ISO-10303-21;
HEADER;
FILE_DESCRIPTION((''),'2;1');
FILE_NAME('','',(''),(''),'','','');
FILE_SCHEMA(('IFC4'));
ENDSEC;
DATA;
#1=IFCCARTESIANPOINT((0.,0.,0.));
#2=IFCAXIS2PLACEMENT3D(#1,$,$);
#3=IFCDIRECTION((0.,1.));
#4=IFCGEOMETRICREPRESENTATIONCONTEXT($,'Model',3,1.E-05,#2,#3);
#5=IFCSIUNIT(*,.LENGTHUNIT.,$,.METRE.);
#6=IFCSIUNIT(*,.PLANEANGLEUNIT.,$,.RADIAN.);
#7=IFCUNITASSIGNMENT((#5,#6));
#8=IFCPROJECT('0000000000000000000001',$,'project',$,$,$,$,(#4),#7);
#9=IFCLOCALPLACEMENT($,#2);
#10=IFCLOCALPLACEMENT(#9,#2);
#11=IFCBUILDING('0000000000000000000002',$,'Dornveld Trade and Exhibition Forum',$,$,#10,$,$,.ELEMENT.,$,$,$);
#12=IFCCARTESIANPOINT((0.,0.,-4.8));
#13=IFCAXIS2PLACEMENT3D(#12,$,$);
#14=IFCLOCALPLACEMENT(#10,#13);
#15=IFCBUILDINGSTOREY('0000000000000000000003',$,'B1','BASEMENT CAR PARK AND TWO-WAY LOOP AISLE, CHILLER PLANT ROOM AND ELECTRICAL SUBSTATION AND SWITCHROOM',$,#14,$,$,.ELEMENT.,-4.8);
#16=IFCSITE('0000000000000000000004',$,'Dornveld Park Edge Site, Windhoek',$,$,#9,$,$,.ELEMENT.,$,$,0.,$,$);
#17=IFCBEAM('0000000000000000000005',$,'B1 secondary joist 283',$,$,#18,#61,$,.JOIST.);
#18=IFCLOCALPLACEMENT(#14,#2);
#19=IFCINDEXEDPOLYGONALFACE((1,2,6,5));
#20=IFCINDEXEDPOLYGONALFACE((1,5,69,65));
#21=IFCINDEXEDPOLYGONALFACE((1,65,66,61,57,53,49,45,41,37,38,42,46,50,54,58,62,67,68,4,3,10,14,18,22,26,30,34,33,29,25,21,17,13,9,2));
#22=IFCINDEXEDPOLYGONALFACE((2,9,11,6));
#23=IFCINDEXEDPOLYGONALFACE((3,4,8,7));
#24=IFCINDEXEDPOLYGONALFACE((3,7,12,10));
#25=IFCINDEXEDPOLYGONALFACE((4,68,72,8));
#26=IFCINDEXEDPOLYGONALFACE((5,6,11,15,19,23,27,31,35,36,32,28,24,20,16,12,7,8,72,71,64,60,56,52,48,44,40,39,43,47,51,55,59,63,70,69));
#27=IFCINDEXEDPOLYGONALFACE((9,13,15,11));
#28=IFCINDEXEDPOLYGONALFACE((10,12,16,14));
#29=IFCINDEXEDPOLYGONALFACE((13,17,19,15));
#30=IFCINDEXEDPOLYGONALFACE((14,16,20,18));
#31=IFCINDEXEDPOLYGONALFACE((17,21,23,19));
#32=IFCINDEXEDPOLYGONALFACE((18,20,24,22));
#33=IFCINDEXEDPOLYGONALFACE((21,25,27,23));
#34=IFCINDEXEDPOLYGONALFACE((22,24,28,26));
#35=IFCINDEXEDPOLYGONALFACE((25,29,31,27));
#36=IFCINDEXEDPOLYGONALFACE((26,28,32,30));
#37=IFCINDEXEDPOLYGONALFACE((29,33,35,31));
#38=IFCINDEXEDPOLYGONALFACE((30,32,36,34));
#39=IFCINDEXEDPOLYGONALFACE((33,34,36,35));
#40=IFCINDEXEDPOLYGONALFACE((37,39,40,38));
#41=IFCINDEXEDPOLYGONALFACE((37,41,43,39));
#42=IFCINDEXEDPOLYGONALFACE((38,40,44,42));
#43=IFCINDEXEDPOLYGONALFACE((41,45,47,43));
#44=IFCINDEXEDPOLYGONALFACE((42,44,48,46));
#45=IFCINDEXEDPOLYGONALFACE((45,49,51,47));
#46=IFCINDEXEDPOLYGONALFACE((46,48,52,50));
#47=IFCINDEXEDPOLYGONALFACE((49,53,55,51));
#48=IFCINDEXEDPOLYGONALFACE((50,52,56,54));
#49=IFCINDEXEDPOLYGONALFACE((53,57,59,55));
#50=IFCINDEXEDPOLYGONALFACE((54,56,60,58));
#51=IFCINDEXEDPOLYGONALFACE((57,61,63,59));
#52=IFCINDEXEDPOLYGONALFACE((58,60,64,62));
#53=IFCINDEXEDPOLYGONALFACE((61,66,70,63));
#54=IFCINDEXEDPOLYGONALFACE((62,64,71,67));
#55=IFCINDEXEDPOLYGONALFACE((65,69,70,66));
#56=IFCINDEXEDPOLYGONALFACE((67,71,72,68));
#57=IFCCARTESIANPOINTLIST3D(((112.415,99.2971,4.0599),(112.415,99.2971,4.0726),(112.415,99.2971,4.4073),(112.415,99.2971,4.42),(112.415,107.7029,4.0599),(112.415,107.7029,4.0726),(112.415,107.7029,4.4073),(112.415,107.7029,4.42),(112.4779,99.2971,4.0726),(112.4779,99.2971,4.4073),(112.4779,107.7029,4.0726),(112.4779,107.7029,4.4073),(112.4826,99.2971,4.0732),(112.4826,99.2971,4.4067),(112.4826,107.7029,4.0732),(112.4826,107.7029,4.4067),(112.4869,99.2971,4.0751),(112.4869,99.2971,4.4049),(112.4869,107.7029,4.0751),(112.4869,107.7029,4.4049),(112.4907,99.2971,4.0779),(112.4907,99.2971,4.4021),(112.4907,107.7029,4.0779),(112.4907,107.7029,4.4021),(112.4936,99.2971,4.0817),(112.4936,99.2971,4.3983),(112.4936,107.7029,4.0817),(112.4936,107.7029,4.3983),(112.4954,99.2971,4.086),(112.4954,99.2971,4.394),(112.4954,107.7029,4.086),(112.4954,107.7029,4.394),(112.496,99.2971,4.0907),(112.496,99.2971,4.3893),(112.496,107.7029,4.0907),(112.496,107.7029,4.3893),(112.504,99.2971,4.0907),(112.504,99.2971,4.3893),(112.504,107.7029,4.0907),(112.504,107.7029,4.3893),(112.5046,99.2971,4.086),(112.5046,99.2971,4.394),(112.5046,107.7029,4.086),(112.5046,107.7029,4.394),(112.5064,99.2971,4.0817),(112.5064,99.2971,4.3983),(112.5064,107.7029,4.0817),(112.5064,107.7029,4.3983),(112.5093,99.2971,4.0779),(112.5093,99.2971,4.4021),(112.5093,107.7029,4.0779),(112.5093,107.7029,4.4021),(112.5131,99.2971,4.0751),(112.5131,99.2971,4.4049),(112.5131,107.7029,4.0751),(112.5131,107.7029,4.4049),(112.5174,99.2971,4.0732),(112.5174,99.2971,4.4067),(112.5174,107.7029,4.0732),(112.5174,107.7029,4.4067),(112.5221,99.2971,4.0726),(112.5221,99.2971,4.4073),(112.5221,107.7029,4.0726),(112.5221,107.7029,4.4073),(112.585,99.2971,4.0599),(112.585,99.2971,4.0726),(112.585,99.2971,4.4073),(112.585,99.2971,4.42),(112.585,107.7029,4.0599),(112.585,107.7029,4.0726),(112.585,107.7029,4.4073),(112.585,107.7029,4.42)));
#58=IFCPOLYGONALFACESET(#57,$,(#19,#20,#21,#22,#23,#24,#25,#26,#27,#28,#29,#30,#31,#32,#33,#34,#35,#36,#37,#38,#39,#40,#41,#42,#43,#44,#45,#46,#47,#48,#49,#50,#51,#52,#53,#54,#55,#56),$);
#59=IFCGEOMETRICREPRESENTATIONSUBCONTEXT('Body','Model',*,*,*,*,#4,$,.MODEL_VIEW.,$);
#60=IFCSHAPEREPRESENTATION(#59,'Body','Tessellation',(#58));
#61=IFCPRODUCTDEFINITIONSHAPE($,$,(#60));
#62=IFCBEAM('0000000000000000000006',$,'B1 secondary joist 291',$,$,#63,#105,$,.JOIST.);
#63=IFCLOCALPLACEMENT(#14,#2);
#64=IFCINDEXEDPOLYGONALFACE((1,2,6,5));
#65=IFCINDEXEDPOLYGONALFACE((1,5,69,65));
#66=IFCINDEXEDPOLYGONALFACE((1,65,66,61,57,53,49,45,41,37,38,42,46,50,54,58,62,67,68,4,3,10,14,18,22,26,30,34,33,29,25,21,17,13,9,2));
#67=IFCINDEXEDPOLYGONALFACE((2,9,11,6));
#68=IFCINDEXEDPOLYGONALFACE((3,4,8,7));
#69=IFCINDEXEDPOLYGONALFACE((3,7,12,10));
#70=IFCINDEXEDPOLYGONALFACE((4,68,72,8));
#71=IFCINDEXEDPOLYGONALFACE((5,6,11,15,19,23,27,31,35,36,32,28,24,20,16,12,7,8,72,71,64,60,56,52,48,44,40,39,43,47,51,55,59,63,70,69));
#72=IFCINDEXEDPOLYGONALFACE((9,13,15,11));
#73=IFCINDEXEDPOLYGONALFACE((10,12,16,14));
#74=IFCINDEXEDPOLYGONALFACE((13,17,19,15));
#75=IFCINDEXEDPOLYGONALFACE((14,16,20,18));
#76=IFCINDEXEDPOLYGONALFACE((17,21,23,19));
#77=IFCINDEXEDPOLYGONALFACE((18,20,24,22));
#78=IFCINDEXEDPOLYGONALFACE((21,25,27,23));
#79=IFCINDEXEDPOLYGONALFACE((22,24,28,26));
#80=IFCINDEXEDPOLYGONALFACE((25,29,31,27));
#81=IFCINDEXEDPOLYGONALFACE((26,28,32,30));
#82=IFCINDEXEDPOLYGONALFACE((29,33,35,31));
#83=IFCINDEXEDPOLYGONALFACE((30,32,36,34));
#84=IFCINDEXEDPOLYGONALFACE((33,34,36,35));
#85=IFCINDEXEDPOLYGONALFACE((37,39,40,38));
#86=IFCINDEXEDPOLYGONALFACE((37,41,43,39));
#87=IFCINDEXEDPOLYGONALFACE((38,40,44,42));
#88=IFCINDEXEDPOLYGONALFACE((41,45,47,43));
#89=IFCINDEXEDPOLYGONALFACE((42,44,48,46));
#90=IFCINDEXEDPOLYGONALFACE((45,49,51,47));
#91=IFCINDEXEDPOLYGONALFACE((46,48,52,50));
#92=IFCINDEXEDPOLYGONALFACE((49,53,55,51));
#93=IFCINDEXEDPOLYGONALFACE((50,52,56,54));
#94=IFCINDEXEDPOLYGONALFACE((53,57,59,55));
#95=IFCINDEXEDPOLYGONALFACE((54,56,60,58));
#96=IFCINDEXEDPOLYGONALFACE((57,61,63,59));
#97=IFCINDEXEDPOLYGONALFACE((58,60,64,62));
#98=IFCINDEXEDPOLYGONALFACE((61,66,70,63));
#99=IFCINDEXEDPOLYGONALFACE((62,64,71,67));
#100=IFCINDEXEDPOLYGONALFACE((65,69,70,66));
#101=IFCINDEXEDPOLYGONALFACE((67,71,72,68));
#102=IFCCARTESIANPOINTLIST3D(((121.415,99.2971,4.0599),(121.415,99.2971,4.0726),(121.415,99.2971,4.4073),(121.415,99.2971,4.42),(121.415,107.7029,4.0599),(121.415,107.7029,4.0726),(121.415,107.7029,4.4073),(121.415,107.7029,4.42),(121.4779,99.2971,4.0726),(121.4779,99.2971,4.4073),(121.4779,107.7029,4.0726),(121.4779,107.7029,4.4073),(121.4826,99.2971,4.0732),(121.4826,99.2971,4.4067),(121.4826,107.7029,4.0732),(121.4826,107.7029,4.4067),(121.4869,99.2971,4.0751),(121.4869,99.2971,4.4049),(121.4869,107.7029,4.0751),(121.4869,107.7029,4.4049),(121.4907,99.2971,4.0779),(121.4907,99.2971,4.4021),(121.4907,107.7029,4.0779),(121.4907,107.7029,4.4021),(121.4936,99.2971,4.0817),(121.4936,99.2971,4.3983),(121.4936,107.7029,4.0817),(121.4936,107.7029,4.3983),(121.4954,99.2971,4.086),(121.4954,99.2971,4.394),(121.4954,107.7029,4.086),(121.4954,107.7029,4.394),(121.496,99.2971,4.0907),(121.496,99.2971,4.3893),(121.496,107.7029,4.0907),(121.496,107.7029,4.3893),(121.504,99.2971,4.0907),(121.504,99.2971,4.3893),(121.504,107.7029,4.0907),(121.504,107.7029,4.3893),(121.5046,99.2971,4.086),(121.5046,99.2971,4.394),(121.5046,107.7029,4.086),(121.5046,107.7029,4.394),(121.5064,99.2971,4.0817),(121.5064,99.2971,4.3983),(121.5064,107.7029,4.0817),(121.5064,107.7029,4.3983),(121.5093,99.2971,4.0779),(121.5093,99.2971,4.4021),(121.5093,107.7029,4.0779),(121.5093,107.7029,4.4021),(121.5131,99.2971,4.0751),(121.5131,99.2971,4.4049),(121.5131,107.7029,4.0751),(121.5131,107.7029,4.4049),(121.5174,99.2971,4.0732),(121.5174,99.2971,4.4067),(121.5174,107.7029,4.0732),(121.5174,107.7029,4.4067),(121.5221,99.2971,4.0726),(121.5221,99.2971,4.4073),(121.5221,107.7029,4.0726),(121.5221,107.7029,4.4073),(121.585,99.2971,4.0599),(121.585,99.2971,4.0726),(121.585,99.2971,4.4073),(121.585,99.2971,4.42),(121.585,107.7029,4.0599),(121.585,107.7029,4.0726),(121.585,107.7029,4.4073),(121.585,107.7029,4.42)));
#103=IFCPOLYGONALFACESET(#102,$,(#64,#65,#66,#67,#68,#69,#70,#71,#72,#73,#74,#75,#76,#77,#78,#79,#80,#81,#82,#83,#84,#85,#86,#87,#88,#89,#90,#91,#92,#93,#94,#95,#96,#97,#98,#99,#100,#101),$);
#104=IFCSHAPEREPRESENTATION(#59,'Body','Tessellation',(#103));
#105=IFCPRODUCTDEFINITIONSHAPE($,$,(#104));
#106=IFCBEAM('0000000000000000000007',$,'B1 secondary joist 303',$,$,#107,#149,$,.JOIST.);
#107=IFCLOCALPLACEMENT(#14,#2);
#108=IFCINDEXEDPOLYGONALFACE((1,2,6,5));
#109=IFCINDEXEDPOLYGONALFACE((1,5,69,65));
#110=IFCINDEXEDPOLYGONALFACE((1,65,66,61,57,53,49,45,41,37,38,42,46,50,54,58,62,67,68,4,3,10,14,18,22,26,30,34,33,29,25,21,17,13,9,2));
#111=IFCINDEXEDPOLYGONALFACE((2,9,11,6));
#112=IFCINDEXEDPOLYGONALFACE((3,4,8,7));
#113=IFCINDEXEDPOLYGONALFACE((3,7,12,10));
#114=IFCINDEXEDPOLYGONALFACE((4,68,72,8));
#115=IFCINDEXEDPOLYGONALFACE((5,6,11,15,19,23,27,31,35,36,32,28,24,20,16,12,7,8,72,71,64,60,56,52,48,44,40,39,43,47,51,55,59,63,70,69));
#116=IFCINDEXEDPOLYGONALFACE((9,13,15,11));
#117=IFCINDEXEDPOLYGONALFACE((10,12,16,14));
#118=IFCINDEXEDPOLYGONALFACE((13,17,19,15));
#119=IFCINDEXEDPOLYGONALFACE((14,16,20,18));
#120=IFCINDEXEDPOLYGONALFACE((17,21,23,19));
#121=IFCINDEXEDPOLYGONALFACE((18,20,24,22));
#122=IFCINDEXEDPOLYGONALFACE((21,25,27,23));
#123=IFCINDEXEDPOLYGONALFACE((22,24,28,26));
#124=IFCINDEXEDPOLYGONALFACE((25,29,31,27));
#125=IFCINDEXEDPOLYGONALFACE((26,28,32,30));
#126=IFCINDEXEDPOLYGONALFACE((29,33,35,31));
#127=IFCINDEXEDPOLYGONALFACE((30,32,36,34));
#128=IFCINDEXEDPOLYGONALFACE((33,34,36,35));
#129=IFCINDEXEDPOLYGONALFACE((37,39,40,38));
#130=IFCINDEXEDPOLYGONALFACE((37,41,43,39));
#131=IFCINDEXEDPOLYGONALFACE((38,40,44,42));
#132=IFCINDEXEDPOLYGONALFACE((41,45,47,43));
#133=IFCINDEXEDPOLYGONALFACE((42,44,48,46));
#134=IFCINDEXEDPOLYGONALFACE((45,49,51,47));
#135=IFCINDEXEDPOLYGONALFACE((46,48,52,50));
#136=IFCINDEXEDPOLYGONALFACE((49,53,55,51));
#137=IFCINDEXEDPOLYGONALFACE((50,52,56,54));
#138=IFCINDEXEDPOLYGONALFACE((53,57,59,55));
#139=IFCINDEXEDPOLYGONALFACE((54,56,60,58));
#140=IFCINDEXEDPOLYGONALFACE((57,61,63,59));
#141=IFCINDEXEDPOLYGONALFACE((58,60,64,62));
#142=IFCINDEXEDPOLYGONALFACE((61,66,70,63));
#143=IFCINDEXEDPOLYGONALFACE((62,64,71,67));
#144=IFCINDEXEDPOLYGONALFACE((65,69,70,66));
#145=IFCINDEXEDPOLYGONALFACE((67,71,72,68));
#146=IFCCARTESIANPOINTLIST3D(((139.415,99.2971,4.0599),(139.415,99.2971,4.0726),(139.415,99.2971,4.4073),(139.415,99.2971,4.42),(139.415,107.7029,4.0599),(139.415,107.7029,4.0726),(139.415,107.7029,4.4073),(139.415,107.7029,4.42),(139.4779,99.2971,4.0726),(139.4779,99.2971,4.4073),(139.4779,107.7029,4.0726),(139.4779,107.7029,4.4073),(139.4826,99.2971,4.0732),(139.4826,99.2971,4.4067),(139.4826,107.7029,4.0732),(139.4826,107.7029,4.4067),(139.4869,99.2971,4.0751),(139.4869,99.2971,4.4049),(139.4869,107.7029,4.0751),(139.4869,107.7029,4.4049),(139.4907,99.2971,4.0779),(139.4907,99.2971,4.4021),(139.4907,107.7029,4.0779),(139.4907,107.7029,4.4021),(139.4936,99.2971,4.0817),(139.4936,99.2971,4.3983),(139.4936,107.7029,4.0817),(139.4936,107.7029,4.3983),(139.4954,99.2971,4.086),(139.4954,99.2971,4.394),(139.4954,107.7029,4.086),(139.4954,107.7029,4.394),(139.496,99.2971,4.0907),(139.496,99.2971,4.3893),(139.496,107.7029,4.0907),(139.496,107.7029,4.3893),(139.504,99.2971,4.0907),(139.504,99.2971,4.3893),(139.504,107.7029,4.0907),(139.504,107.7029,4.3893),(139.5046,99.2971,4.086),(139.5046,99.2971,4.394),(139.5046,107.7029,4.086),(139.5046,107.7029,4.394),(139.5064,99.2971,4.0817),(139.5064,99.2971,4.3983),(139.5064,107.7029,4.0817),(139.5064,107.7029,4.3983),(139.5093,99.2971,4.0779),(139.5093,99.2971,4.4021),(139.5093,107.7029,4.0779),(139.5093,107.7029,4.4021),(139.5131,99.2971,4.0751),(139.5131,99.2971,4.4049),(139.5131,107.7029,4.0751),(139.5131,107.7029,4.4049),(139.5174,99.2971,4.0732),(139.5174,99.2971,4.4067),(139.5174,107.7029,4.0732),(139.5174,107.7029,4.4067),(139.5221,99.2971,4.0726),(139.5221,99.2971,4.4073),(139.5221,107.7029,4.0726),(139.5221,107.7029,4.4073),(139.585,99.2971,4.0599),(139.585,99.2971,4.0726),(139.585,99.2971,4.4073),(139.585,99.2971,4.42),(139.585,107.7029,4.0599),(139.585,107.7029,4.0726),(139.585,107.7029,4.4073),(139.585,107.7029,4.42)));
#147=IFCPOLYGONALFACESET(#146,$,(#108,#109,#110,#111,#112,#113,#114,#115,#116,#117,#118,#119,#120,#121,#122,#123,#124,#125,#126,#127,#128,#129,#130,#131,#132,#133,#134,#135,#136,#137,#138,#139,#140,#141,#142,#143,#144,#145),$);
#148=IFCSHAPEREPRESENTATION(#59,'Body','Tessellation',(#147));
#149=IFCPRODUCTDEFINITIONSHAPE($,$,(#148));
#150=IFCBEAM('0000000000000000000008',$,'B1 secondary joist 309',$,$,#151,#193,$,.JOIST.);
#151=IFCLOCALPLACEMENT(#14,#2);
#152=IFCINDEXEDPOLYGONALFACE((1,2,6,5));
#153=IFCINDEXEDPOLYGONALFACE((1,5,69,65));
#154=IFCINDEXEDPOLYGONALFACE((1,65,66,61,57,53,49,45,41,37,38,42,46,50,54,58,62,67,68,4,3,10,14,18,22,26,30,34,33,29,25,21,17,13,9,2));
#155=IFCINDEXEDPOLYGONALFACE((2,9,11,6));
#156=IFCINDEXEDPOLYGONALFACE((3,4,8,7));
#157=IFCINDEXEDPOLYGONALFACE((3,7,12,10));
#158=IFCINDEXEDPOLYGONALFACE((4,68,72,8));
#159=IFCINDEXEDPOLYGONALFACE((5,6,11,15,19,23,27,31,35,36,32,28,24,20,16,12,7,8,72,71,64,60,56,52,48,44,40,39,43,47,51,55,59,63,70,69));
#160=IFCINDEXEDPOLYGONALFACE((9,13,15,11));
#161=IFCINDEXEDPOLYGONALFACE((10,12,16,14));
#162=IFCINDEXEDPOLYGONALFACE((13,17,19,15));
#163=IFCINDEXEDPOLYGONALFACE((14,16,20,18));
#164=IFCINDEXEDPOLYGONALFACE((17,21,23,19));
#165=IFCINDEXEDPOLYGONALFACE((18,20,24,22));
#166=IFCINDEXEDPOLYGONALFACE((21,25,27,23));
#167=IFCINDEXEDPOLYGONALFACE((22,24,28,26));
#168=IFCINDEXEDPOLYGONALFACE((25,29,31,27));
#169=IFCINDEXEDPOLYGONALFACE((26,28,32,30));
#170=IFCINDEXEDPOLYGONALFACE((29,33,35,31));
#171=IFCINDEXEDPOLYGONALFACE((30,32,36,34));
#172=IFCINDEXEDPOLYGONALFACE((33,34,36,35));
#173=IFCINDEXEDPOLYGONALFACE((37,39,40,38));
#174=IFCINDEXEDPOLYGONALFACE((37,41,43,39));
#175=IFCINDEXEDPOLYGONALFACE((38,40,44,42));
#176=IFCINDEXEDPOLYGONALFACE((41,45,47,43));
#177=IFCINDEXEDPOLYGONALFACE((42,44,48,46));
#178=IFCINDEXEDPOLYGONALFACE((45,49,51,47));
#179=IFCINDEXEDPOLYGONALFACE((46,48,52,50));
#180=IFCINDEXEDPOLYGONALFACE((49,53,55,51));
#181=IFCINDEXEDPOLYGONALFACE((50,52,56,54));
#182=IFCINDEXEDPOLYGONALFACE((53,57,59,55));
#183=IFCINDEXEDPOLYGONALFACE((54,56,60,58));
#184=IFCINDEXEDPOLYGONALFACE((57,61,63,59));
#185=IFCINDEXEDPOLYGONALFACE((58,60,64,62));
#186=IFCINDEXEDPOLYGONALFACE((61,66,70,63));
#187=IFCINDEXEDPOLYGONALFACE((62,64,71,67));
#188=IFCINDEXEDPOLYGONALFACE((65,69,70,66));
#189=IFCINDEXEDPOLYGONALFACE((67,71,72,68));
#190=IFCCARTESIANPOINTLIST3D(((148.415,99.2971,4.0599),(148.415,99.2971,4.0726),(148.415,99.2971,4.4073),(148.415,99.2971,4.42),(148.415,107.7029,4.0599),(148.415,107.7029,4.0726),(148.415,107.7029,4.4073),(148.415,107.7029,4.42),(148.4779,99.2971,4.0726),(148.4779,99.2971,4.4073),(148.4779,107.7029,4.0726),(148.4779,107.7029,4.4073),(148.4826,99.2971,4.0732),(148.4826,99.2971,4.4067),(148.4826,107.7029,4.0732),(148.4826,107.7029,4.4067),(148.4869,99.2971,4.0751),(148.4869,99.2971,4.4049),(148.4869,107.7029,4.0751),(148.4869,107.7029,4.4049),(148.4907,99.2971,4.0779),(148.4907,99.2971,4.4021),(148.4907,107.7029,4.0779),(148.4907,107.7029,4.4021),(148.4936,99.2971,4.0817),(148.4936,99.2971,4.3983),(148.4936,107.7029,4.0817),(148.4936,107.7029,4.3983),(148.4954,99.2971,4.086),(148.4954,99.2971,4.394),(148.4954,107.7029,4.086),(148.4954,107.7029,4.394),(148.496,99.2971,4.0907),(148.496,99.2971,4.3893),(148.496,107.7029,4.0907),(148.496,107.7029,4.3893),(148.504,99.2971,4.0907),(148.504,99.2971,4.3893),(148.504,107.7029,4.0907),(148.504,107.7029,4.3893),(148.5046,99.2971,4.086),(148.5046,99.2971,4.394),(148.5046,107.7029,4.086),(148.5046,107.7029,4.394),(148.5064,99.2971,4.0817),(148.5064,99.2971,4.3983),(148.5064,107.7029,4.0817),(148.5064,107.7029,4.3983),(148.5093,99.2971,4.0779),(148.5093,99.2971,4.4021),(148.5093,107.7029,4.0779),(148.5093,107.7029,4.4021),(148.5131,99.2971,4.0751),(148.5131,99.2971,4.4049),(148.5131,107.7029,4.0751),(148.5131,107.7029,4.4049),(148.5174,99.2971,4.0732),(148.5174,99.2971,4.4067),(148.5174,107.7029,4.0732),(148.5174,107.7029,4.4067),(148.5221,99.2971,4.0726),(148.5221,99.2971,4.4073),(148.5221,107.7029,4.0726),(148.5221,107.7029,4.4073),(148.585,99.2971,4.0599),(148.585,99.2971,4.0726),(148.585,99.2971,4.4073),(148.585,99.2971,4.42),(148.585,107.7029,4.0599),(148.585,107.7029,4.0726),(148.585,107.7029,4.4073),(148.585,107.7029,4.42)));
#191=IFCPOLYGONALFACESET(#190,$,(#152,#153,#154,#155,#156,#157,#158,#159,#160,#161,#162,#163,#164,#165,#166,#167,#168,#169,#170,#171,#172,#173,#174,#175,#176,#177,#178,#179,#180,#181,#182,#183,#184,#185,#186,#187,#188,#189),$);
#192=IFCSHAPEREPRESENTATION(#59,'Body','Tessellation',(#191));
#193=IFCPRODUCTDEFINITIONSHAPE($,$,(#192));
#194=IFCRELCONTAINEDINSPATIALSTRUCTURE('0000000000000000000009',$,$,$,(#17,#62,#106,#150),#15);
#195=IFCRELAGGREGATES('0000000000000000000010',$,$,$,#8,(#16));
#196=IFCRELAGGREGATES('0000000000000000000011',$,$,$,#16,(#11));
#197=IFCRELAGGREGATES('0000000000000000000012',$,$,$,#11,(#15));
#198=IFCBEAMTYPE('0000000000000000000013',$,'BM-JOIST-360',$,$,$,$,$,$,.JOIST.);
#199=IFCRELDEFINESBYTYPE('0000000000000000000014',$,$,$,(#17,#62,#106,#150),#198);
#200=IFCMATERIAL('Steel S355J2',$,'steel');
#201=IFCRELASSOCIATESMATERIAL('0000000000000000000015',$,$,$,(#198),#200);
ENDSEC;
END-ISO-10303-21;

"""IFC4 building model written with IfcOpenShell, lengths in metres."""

from ifc_helpers import new_model, si_unit, direction, frame, origin, origin_2d, place, context, subcontext, project, spatial, i_section, extrude, material, material_profile, profile_set, type_object, element, save


model = new_model("IFC4")

# Units and contexts
model_context = context("Model", 3, precision=1e-05, world=origin(), true_north=direction((0.0, 1.0)))
body_context = subcontext(model_context, "Body", "Model", "MODEL_VIEW")
ifc_project = project(units=[si_unit("LENGTHUNIT", "METRE"), si_unit("PLANEANGLEUNIT", "RADIAN")], contexts=[model_context])

# Site, building, storey
site_placement = place(None, origin())
site = spatial("IfcSite", under=ifc_project, at=site_placement, Name="Dornveld Park Edge Site, Windhoek", CompositionType="ELEMENT", RefElevation=0.0)
building_placement = place(site_placement, origin())
building = spatial("IfcBuilding", under=site, at=building_placement, Name="Dornveld Trade and Exhibition Forum", CompositionType="ELEMENT")
storey_placement = place(building_placement, frame((0.0, 0.0, -4.8)))
storey = spatial("IfcBuildingStorey", under=building, at=storey_placement, Name="B1", Description="BASEMENT CAR PARK AND TWO-WAY LOOP AISLE, CHILLER PLANT ROOM AND ELECTRICAL SUBSTATION AND SWITCHROOM", CompositionType="ELEMENT", Elevation=-4.8)

# Beams
ifc_material_1 = material(Name="Steel S355J2", Category="steel")
ifc_material_profile_1 = material_profile(ifc_material_1, i_section(OverallWidth=0.1699, OverallDepth=0.3601, WebThickness=0.0081, FlangeThickness=0.0127, FilletRadius=0.0181, at=origin_2d()), Name="IPE 360")
ifc_profile_set_1 = profile_set([ifc_material_profile_1], Name="Steel S355J2")
beam_type_1 = type_object("IfcBeamType", Name="BM-JOIST-360", PredefinedType="JOIST", material=ifc_profile_set_1)
for number, where, z_axis, x_axis, name in (
    (1, (112.5, 99.2971, 4.24), (0.0, 1.0, 0.0), (-1.0, 0.0, 0.0), "B1 secondary joist 283"),
    (2, (121.5, 99.2971, 4.24), (0.0, 1.0, 0.0), (-1.0, 0.0, 0.0), "B1 secondary joist 291"),
    (3, (139.5, 99.2971, 4.24), (0.0, 1.0, 0.0), (-1.0, 0.0, 0.0), "B1 secondary joist 303"),
    (4, (148.5, 99.2971, 4.24), (0.0, 1.0, 0.0), (-1.0, 0.0, 0.0), "B1 secondary joist 309"),
):
    element("IfcBeam", number, at=place(storey_placement, frame(where, z_axis=z_axis, x_axis=x_axis)), inside=storey, type_object=beam_type_1, Name=name, PredefinedType="JOIST", context=body_context, shape_type="SweptSolid", body=[
        extrude(i_section(OverallWidth=0.1699, OverallDepth=0.3601, WebThickness=0.0081, FlangeThickness=0.0127, FilletRadius=0.0181, at=origin_2d()), origin(), (0.0, 0.0, 1.0), 8.4058),
    ])

save(model, "model.ifc")
